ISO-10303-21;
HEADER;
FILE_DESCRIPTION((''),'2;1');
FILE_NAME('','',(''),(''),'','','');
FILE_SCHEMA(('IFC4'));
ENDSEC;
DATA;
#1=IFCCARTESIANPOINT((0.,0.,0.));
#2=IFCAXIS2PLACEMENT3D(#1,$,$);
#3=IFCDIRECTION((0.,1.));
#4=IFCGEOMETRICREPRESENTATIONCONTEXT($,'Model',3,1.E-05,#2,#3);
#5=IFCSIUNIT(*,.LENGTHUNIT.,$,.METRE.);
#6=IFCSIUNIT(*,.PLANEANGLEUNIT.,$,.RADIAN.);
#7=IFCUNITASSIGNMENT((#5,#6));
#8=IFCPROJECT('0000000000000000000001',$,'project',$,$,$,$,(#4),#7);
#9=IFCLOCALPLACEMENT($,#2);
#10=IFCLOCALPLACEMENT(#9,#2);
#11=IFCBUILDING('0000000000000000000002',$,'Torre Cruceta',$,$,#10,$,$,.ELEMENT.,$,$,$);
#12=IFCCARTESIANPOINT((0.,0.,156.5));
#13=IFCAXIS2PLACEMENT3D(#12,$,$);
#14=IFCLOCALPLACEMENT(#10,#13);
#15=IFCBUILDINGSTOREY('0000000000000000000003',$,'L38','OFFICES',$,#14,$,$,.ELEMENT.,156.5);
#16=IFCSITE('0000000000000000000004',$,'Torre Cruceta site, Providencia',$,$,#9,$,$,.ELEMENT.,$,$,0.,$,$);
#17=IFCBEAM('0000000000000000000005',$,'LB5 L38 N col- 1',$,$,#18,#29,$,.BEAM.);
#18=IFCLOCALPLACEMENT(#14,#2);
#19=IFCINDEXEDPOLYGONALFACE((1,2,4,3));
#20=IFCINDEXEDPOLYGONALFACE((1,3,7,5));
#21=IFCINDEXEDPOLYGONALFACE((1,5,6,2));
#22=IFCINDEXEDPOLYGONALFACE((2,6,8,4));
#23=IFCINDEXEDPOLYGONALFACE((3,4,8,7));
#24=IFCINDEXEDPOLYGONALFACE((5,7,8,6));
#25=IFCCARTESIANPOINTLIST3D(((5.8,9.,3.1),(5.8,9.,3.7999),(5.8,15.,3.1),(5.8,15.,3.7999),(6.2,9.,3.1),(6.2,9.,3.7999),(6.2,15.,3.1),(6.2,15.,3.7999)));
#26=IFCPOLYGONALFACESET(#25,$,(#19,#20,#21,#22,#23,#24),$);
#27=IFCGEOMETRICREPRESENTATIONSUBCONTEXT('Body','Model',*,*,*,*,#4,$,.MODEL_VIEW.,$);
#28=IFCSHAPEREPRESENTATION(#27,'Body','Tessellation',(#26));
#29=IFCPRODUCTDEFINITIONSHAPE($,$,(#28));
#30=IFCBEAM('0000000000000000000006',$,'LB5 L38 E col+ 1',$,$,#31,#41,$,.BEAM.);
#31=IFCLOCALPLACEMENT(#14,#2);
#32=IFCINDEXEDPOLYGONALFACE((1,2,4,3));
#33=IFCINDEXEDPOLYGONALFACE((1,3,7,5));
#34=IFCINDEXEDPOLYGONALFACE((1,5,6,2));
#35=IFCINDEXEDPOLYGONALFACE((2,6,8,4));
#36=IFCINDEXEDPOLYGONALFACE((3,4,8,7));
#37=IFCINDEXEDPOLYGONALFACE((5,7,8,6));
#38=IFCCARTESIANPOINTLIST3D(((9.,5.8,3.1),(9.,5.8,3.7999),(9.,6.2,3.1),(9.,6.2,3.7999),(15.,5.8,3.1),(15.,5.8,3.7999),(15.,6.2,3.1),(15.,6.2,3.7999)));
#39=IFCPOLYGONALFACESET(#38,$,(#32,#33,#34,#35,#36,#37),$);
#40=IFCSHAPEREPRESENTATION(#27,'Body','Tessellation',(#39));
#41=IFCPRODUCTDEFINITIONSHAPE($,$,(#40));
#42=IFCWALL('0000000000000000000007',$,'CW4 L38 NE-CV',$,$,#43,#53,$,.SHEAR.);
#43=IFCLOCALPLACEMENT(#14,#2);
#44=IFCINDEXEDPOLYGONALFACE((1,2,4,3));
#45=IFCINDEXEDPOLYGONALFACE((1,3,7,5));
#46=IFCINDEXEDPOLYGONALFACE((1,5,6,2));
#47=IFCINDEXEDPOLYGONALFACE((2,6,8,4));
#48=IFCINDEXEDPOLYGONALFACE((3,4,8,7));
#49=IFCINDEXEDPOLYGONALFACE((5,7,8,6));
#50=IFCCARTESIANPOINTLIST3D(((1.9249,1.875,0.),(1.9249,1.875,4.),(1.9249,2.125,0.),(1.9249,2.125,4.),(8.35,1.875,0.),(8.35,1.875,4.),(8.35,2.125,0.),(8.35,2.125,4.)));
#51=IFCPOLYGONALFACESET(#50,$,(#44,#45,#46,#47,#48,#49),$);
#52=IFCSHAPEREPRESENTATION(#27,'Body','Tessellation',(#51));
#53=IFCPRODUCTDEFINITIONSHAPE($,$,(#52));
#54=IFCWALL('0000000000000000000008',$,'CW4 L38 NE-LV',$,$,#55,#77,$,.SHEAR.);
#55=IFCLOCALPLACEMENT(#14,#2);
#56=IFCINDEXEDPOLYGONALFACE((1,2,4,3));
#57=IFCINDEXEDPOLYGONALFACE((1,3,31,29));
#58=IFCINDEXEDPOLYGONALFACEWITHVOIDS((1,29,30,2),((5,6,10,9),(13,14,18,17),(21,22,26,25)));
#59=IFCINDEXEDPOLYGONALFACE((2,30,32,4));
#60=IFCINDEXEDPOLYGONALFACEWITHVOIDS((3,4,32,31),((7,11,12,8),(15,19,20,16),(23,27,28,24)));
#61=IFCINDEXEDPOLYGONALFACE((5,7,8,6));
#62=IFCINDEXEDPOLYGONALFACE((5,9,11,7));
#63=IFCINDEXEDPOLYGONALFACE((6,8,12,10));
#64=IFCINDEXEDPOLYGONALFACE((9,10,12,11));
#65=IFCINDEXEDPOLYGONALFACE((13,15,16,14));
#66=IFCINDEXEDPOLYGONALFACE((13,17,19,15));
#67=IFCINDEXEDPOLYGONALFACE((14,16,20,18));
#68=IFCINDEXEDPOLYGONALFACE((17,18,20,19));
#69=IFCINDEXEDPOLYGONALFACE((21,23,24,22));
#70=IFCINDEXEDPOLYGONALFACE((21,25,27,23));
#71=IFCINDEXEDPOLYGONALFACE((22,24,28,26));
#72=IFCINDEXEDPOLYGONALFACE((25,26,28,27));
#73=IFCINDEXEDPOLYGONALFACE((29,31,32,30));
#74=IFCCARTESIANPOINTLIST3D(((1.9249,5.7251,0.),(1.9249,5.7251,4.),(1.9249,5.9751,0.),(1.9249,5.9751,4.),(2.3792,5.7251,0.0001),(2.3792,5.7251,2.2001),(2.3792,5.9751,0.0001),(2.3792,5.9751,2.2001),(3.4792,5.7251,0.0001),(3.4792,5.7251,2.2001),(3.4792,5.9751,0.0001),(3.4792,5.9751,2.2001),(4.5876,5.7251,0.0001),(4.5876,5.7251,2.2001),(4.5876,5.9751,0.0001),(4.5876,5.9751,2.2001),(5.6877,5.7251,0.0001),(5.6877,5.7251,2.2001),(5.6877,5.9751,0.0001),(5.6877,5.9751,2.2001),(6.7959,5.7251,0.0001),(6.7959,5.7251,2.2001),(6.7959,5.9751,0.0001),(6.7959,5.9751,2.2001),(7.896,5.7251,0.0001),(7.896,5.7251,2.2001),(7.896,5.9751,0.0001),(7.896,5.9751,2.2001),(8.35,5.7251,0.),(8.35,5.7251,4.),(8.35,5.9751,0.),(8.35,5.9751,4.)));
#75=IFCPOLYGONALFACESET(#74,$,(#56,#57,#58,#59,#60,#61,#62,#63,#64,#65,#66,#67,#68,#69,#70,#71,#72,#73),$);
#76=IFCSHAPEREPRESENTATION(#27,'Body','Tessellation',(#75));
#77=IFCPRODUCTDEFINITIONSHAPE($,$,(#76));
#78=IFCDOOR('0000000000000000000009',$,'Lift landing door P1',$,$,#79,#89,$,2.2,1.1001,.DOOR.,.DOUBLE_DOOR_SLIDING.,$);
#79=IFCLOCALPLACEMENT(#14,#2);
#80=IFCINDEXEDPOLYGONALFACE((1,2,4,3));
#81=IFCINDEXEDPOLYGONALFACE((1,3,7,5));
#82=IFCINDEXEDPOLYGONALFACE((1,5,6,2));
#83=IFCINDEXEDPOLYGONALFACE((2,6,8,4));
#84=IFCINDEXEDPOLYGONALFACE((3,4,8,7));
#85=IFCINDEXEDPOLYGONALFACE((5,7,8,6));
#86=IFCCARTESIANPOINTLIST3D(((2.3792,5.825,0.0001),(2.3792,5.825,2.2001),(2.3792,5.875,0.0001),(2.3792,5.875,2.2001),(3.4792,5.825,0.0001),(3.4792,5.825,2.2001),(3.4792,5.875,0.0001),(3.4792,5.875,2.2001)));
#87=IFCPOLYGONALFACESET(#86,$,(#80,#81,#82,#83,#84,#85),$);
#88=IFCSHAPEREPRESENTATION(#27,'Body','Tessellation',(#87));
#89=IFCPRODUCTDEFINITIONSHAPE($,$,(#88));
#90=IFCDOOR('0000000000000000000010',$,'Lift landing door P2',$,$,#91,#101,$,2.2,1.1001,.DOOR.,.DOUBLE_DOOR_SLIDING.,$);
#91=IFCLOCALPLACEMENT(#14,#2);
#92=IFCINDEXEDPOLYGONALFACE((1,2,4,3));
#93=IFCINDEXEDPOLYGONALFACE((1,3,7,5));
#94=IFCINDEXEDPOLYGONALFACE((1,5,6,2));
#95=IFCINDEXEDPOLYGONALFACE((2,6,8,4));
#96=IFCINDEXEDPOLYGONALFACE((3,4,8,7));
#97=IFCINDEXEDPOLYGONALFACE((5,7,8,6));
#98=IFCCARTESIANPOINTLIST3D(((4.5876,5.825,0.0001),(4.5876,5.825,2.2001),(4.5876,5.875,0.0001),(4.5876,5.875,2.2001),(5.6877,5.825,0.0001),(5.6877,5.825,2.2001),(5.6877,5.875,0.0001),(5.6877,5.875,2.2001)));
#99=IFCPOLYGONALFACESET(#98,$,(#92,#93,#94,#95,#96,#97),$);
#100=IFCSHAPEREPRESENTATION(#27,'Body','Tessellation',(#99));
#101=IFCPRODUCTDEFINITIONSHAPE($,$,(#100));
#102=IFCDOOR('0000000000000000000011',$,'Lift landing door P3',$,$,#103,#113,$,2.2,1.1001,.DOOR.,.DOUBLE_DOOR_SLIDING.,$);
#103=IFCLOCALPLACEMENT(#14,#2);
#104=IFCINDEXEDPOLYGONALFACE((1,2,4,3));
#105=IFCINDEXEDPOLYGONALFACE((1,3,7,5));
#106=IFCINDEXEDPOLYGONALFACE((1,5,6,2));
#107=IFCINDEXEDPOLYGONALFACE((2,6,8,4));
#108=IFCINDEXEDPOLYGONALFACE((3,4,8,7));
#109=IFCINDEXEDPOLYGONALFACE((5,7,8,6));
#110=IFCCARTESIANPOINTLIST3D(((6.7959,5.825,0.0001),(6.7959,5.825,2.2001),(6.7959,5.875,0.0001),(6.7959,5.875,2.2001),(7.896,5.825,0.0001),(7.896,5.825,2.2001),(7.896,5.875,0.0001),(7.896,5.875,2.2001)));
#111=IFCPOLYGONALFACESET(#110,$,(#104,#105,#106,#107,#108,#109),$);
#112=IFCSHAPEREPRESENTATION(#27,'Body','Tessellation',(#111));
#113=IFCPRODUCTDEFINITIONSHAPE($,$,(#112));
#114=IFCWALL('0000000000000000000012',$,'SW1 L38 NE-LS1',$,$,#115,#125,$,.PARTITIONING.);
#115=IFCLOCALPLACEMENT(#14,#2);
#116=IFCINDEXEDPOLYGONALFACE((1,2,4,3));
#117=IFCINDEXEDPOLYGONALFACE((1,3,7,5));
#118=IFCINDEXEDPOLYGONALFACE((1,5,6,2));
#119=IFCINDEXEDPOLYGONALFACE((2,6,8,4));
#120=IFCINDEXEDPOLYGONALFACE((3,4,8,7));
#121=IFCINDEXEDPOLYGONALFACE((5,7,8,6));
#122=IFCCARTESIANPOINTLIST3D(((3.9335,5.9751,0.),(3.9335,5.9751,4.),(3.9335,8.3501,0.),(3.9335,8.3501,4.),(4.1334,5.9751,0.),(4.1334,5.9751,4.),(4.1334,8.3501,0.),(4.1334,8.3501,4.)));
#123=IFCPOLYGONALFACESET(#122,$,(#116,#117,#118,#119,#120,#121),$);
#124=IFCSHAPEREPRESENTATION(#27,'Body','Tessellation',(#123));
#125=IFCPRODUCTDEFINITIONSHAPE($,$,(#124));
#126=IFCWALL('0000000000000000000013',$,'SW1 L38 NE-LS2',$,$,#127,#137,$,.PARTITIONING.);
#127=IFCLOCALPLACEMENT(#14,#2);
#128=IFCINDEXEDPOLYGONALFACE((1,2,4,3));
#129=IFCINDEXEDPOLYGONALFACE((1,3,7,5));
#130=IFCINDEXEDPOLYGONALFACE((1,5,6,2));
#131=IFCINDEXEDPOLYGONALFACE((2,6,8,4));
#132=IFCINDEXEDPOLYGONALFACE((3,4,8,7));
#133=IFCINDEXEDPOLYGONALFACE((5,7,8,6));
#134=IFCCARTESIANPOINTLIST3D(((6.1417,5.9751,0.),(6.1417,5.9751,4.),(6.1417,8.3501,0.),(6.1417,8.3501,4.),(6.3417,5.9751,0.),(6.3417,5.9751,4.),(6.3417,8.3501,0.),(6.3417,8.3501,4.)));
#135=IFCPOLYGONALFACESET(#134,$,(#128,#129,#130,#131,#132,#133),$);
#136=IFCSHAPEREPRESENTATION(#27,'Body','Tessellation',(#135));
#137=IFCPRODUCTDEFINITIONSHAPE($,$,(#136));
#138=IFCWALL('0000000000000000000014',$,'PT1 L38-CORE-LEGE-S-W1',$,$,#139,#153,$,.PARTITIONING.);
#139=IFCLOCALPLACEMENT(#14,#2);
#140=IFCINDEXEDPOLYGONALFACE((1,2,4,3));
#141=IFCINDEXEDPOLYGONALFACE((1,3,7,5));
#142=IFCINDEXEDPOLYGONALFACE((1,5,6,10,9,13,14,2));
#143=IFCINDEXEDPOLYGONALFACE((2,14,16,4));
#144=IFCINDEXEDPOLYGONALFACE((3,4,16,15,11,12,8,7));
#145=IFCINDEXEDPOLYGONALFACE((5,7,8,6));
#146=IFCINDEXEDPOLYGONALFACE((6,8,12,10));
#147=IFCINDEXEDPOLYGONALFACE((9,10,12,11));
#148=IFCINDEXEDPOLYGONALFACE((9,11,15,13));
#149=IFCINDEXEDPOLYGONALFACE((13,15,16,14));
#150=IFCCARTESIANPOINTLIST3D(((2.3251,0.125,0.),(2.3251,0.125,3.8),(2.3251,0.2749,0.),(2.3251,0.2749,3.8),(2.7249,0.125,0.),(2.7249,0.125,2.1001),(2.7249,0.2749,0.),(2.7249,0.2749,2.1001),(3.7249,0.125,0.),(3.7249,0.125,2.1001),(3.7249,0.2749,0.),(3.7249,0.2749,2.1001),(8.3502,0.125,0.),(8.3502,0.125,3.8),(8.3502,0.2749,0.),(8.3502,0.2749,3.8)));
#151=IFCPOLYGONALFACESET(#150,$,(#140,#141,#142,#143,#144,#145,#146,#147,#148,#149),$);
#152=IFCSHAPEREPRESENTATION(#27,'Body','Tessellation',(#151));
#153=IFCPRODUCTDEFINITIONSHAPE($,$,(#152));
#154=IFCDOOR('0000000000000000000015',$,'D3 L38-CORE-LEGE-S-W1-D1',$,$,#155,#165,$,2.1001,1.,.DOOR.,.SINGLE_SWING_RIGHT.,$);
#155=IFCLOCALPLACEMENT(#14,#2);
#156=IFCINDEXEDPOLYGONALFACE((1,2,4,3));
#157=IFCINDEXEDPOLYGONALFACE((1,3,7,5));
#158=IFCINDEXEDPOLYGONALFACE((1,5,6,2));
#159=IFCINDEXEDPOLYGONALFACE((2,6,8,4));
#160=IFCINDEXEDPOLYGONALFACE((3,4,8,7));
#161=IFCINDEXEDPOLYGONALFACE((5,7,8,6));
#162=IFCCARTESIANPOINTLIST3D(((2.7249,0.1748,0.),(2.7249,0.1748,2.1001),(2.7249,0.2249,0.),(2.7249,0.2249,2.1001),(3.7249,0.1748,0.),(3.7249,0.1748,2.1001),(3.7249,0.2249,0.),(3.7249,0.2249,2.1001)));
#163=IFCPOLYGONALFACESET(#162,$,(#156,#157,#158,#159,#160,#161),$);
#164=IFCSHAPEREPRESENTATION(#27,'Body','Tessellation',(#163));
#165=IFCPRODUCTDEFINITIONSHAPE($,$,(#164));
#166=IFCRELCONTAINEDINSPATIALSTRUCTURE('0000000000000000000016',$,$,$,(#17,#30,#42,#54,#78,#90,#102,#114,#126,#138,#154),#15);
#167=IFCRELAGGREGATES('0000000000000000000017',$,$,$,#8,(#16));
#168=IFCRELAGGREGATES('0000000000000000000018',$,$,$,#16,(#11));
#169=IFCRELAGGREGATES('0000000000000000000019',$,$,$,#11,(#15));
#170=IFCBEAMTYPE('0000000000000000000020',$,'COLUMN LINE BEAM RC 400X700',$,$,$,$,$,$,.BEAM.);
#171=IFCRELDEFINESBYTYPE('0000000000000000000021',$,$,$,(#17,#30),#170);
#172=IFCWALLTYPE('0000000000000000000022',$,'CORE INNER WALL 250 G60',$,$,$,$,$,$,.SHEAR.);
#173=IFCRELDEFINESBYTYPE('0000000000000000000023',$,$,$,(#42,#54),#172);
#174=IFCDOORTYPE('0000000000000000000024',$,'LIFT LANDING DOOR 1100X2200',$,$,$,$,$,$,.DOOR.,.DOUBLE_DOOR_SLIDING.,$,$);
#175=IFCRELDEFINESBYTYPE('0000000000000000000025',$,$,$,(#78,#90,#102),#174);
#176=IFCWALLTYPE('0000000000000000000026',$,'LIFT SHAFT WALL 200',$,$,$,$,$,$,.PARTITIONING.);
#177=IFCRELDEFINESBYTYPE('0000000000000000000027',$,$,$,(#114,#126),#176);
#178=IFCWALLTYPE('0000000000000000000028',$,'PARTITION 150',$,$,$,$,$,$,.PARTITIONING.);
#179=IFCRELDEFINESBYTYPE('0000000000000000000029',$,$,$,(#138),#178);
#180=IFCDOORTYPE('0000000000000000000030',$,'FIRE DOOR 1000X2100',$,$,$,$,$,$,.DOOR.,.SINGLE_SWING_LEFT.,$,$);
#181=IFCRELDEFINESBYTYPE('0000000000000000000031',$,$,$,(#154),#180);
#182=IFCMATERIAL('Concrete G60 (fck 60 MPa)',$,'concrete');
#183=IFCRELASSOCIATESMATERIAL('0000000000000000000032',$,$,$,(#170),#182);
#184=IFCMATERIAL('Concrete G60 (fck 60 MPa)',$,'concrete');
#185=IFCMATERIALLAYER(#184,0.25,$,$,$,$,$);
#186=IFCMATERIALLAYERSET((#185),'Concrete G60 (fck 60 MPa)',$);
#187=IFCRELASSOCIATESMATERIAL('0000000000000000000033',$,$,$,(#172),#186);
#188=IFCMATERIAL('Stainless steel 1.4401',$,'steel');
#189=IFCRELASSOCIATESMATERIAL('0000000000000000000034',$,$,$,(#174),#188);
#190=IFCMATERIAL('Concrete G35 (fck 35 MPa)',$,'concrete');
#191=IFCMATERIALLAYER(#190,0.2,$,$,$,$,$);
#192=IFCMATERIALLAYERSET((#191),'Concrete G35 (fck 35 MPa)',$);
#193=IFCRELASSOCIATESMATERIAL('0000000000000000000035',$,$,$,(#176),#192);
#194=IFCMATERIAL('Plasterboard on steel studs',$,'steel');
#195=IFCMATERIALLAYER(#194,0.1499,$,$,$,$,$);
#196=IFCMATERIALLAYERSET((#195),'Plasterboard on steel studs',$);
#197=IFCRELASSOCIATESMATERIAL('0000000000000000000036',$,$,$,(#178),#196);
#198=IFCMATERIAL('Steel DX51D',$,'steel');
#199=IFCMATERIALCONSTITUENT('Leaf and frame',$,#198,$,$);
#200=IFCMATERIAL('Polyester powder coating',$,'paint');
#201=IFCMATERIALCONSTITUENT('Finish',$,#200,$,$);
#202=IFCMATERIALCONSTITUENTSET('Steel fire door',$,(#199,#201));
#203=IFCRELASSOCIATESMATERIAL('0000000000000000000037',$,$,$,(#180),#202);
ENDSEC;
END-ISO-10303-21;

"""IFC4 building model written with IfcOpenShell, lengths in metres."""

from ifc_helpers import new_model, si_unit, direction, frame, frame_2d, origin, origin_2d, place, context, subcontext, project, spatial, rectangle, extrude, material, layer, layer_set, constituent, constituent_set, material_profile, profile_set, type_object, element, fill, save


model = new_model("IFC4")

# Units and contexts
model_context = context("Model", 3, precision=1e-05, world=origin(), true_north=direction((0.0, 1.0)))
body_context = subcontext(model_context, "Body", "Model", "MODEL_VIEW")
ifc_project = project(units=[si_unit("LENGTHUNIT", "METRE"), si_unit("PLANEANGLEUNIT", "RADIAN")], contexts=[model_context])

# Site, building, storey
site_placement = place(None, origin())
site = spatial("IfcSite", under=ifc_project, at=site_placement, Name="Torre Cruceta site, Providencia", CompositionType="ELEMENT", RefElevation=0.0)
building_placement = place(site_placement, origin())
building = spatial("IfcBuilding", under=site, at=building_placement, Name="Torre Cruceta", CompositionType="ELEMENT")
storey_placement = place(building_placement, frame((0.0, 0.0, 156.5)))
storey = spatial("IfcBuildingStorey", under=building, at=storey_placement, Name="L38", Description="OFFICES", CompositionType="ELEMENT", Elevation=156.5)

# Beams
ifc_material_1 = material(Name="Concrete G60 (fck 60 MPa)", Category="concrete")
ifc_material_profile = material_profile(ifc_material_1, rectangle(XDim=0.3999, YDim=0.7, at=origin_2d()), Name="RC 400X700")
ifc_profile_set = profile_set([ifc_material_profile], Name="Concrete G60 (fck 60 MPa)")
beam_type = type_object("IfcBeamType", Name="COLUMN LINE BEAM RC 400X700", PredefinedType="BEAM", material=ifc_profile_set)
for number, where, z_axis, x_axis, name in (
    (1, (6.0, 9.0, 3.45), (0.0, 1.0, 0.0), (-1.0, 0.0, 0.0), "LB5 L38 N col- 1"),
    (2, (9.0, 6.0, 3.45), (1.0, 0.0, 0.0), (0.0, 1.0, 0.0), "LB5 L38 E col+ 1"),
):
    element("IfcBeam", number, at=place(storey_placement, frame(where, z_axis=z_axis, x_axis=x_axis)), inside=storey, type_object=beam_type, Name=name, PredefinedType="BEAM", context=body_context, shape_type="SweptSolid", body=[
        extrude(rectangle(XDim=0.3999, YDim=0.7, at=origin_2d()), origin(), (0.0, 0.0, 1.0), 6.0),
    ])

# Shared definitions
ifc_material_2 = material(Name="Concrete G60 (fck 60 MPa)", Category="concrete")
ifc_layer_1 = layer(ifc_material_2, 0.25)
ifc_layer_set_1 = layer_set([ifc_layer_1], Name="Concrete G60 (fck 60 MPa)")
wall_type_1 = type_object("IfcWallType", Name="CORE INNER WALL 250 G60", PredefinedType="SHEAR", material=ifc_layer_set_1)

# Wall
wall_1_placement = place(storey_placement, frame((1.925, 2.0, 0.0), z_axis=(0.0, 0.0, 1.0), x_axis=(1.0, 0.0, 0.0)))
element("IfcWall", 3, at=wall_1_placement, inside=storey, type_object=wall_type_1, Name="CW4 L38 NE-CV", PredefinedType="SHEAR", context=body_context, shape_type="SweptSolid", body=[
    extrude(rectangle(XDim=6.425, YDim=0.25, at=frame_2d((3.2124, 0.0))), origin(), (0.0, 0.0, 1.0), 4.0),
])

# Wall, openings, doors
wall_2_placement = place(storey_placement, frame((1.925, 5.8501, 0.0), z_axis=(0.0, 0.0, 1.0), x_axis=(1.0, 0.0, 0.0)))
wall_2 = element("IfcWall", 4, at=wall_2_placement, inside=storey, type_object=wall_type_1, Name="CW4 L38 NE-LV", PredefinedType="SHEAR", context=body_context, shape_type="SweptSolid", body=[
    extrude(rectangle(XDim=6.425, YDim=0.25, at=frame_2d((3.2124, 0.0))), origin(), (0.0, 0.0, 1.0), 4.0),
])
opening_1_placement = place(wall_2_placement, frame((0.4541, 0.0, 0.0)))
opening_1 = element("IfcOpeningElement", 5, at=opening_1_placement, cuts=wall_2, PredefinedType="OPENING", context=body_context, shape_type="SweptSolid", body=[
    extrude(rectangle(XDim=1.1001, YDim=2.2, at=frame_2d((0.55, 1.1001))), frame((0.0, 0.135, 0.0), z_axis=(0.0, -1.0, 0.0), x_axis=(1.0, 0.0, 0.0)), (0.0, 0.0, 1.0), 0.27),
])
opening_2_placement = place(wall_2_placement, frame((2.6626, 0.0, 0.0)))
opening_2 = element("IfcOpeningElement", 6, at=opening_2_placement, cuts=wall_2, PredefinedType="OPENING", context=body_context, shape_type="SweptSolid", body=[
    extrude(rectangle(XDim=1.1001, YDim=2.2, at=frame_2d((0.55, 1.1001))), frame((0.0, 0.135, 0.0), z_axis=(0.0, -1.0, 0.0), x_axis=(1.0, 0.0, 0.0)), (0.0, 0.0, 1.0), 0.27),
])
opening_3_placement = place(wall_2_placement, frame((4.8708, 0.0, 0.0)))
opening_3 = element("IfcOpeningElement", 7, at=opening_3_placement, cuts=wall_2, PredefinedType="OPENING", context=body_context, shape_type="SweptSolid", body=[
    extrude(rectangle(XDim=1.1001, YDim=2.2, at=frame_2d((0.55, 1.1001))), frame((0.0, 0.135, 0.0), z_axis=(0.0, -1.0, 0.0), x_axis=(1.0, 0.0, 0.0)), (0.0, 0.0, 1.0), 0.27),
])
ifc_material_3 = material(Name="Stainless steel 1.4401", Category="steel")
door_type_1 = type_object("IfcDoorType", Name="LIFT LANDING DOOR 1100X2200", OperationType="DOUBLE_DOOR_SLIDING", PredefinedType="DOOR", material=ifc_material_3)
door_1_placement = place(opening_1_placement, origin())
door_1 = element("IfcDoor", 8, at=door_1_placement, inside=storey, type_object=door_type_1, Name="Lift landing door P1", OperationType="DOUBLE_DOOR_SLIDING", OverallHeight=2.2, OverallWidth=1.1001, PredefinedType="DOOR", context=body_context, shape_type="SweptSolid", body=[
    extrude(rectangle(XDim=1.1001, YDim=2.2, at=frame_2d((0.55, 1.1001))), frame((0.0, 0.0249, 0.0), z_axis=(0.0, -1.0, 0.0), x_axis=(1.0, 0.0, 0.0)), (0.0, 0.0, 1.0), 0.05),
])
fill(opening_1, door_1)
door_2_placement = place(opening_2_placement, origin())
door_2 = element("IfcDoor", 9, at=door_2_placement, inside=storey, type_object=door_type_1, Name="Lift landing door P2", OperationType="DOUBLE_DOOR_SLIDING", OverallHeight=2.2, OverallWidth=1.1001, PredefinedType="DOOR", context=body_context, shape_type="SweptSolid", body=[
    extrude(rectangle(XDim=1.1001, YDim=2.2, at=frame_2d((0.55, 1.1001))), frame((0.0, 0.0249, 0.0), z_axis=(0.0, -1.0, 0.0), x_axis=(1.0, 0.0, 0.0)), (0.0, 0.0, 1.0), 0.05),
])
fill(opening_2, door_2)
door_3_placement = place(opening_3_placement, origin())
door_3 = element("IfcDoor", 10, at=door_3_placement, inside=storey, type_object=door_type_1, Name="Lift landing door P3", OperationType="DOUBLE_DOOR_SLIDING", OverallHeight=2.2, OverallWidth=1.1001, PredefinedType="DOOR", context=body_context, shape_type="SweptSolid", body=[
    extrude(rectangle(XDim=1.1001, YDim=2.2, at=frame_2d((0.55, 1.1001))), frame((0.0, 0.0249, 0.0), z_axis=(0.0, -1.0, 0.0), x_axis=(1.0, 0.0, 0.0)), (0.0, 0.0, 1.0), 0.05),
])
fill(opening_3, door_3)

# Walls
ifc_material_4 = material(Name="Concrete G35 (fck 35 MPa)", Category="concrete")
ifc_layer_2 = layer(ifc_material_4, 0.2)
ifc_layer_set_2 = layer_set([ifc_layer_2], Name="Concrete G35 (fck 35 MPa)")
wall_type_2 = type_object("IfcWallType", Name="LIFT SHAFT WALL 200", PredefinedType="PARTITIONING", material=ifc_layer_set_2)
for number, where, z_axis, x_axis, name in (
    (11, (4.0334, 5.9751, 0.0), (0.0, 0.0, 1.0), (0.0, 1.0, 0.0), "SW1 L38 NE-LS1"),
    (12, (6.2417, 5.9751, 0.0), (0.0, 0.0, 1.0), (0.0, 1.0, 0.0), "SW1 L38 NE-LS2"),
):
    element("IfcWall", number, at=place(storey_placement, frame(where, z_axis=z_axis, x_axis=x_axis)), inside=storey, type_object=wall_type_2, Name=name, PredefinedType="PARTITIONING", context=body_context, shape_type="SweptSolid", body=[
        extrude(rectangle(XDim=2.375, YDim=0.2, at=frame_2d((1.1875, 0.0))), origin(), (0.0, 0.0, 1.0), 4.0),
    ])

# Wall, opening, door
ifc_material_5 = material(Name="Plasterboard on steel studs", Category="steel")
ifc_layer_3 = layer(ifc_material_5, 0.1499)
ifc_layer_set_3 = layer_set([ifc_layer_3], Name="Plasterboard on steel studs")
wall_type_3 = type_object("IfcWallType", Name="PARTITION 150", PredefinedType="PARTITIONING", material=ifc_layer_set_3)
wall_3_placement = place(storey_placement, frame((2.325, 0.2, 0.0), z_axis=(0.0, 0.0, 1.0), x_axis=(1.0, 0.0, 0.0)))
wall_3 = element("IfcWall", 13, at=wall_3_placement, inside=storey, type_object=wall_type_3, Name="PT1 L38-CORE-LEGE-S-W1", PredefinedType="PARTITIONING", context=body_context, shape_type="SweptSolid", body=[
    extrude(rectangle(XDim=6.0251, YDim=0.1499, at=frame_2d((3.0127, 0.0))), origin(), (0.0, 0.0, 1.0), 3.8),
])
opening_4_placement = place(wall_3_placement, frame((0.3999, 0.0, 0.0)))
opening_4 = element("IfcOpeningElement", 14, at=opening_4_placement, cuts=wall_3, PredefinedType="OPENING", context=body_context, shape_type="SweptSolid", body=[
    extrude(rectangle(XDim=1.0, YDim=2.1001, at=frame_2d((0.5, 1.05))), frame((0.0, 0.085, 0.0), z_axis=(0.0, -1.0, 0.0), x_axis=(1.0, 0.0, 0.0)), (0.0, 0.0, 1.0), 0.1699),
])
ifc_material_6 = material(Name="Steel DX51D", Category="steel")
ifc_constituent_1 = constituent(ifc_material_6, Name="Leaf and frame")
ifc_material_7 = material(Name="Polyester powder coating", Category="paint")
ifc_constituent_2 = constituent(ifc_material_7, Name="Finish")
ifc_constituent_set_1 = constituent_set(constituents=[ifc_constituent_1, ifc_constituent_2], Name="Steel fire door")
door_type_2 = type_object("IfcDoorType", Name="FIRE DOOR 1000X2100", OperationType="SINGLE_SWING_LEFT", PredefinedType="DOOR", material=ifc_constituent_set_1)
door_4_placement = place(opening_4_placement, frame((1.0, 0.0, 0.0), z_axis=(0.0, 0.0, 1.0), x_axis=(-1.0, 0.0, 0.0)))
door_4 = element("IfcDoor", 15, at=door_4_placement, inside=storey, type_object=door_type_2, Name="D3 L38-CORE-LEGE-S-W1-D1", OperationType="SINGLE_SWING_RIGHT", OverallHeight=2.1001, OverallWidth=1.0, PredefinedType="DOOR", context=body_context, shape_type="SweptSolid", body=[
    extrude(rectangle(XDim=1.0, YDim=2.1001, at=frame_2d((0.5, 1.05))), frame((0.0, 0.0251, 0.0), z_axis=(0.0, -1.0, 0.0), x_axis=(1.0, 0.0, 0.0)), (0.0, 0.0, 1.0), 0.05),
])
fill(opening_4, door_4)

save(model, "model.ifc")
